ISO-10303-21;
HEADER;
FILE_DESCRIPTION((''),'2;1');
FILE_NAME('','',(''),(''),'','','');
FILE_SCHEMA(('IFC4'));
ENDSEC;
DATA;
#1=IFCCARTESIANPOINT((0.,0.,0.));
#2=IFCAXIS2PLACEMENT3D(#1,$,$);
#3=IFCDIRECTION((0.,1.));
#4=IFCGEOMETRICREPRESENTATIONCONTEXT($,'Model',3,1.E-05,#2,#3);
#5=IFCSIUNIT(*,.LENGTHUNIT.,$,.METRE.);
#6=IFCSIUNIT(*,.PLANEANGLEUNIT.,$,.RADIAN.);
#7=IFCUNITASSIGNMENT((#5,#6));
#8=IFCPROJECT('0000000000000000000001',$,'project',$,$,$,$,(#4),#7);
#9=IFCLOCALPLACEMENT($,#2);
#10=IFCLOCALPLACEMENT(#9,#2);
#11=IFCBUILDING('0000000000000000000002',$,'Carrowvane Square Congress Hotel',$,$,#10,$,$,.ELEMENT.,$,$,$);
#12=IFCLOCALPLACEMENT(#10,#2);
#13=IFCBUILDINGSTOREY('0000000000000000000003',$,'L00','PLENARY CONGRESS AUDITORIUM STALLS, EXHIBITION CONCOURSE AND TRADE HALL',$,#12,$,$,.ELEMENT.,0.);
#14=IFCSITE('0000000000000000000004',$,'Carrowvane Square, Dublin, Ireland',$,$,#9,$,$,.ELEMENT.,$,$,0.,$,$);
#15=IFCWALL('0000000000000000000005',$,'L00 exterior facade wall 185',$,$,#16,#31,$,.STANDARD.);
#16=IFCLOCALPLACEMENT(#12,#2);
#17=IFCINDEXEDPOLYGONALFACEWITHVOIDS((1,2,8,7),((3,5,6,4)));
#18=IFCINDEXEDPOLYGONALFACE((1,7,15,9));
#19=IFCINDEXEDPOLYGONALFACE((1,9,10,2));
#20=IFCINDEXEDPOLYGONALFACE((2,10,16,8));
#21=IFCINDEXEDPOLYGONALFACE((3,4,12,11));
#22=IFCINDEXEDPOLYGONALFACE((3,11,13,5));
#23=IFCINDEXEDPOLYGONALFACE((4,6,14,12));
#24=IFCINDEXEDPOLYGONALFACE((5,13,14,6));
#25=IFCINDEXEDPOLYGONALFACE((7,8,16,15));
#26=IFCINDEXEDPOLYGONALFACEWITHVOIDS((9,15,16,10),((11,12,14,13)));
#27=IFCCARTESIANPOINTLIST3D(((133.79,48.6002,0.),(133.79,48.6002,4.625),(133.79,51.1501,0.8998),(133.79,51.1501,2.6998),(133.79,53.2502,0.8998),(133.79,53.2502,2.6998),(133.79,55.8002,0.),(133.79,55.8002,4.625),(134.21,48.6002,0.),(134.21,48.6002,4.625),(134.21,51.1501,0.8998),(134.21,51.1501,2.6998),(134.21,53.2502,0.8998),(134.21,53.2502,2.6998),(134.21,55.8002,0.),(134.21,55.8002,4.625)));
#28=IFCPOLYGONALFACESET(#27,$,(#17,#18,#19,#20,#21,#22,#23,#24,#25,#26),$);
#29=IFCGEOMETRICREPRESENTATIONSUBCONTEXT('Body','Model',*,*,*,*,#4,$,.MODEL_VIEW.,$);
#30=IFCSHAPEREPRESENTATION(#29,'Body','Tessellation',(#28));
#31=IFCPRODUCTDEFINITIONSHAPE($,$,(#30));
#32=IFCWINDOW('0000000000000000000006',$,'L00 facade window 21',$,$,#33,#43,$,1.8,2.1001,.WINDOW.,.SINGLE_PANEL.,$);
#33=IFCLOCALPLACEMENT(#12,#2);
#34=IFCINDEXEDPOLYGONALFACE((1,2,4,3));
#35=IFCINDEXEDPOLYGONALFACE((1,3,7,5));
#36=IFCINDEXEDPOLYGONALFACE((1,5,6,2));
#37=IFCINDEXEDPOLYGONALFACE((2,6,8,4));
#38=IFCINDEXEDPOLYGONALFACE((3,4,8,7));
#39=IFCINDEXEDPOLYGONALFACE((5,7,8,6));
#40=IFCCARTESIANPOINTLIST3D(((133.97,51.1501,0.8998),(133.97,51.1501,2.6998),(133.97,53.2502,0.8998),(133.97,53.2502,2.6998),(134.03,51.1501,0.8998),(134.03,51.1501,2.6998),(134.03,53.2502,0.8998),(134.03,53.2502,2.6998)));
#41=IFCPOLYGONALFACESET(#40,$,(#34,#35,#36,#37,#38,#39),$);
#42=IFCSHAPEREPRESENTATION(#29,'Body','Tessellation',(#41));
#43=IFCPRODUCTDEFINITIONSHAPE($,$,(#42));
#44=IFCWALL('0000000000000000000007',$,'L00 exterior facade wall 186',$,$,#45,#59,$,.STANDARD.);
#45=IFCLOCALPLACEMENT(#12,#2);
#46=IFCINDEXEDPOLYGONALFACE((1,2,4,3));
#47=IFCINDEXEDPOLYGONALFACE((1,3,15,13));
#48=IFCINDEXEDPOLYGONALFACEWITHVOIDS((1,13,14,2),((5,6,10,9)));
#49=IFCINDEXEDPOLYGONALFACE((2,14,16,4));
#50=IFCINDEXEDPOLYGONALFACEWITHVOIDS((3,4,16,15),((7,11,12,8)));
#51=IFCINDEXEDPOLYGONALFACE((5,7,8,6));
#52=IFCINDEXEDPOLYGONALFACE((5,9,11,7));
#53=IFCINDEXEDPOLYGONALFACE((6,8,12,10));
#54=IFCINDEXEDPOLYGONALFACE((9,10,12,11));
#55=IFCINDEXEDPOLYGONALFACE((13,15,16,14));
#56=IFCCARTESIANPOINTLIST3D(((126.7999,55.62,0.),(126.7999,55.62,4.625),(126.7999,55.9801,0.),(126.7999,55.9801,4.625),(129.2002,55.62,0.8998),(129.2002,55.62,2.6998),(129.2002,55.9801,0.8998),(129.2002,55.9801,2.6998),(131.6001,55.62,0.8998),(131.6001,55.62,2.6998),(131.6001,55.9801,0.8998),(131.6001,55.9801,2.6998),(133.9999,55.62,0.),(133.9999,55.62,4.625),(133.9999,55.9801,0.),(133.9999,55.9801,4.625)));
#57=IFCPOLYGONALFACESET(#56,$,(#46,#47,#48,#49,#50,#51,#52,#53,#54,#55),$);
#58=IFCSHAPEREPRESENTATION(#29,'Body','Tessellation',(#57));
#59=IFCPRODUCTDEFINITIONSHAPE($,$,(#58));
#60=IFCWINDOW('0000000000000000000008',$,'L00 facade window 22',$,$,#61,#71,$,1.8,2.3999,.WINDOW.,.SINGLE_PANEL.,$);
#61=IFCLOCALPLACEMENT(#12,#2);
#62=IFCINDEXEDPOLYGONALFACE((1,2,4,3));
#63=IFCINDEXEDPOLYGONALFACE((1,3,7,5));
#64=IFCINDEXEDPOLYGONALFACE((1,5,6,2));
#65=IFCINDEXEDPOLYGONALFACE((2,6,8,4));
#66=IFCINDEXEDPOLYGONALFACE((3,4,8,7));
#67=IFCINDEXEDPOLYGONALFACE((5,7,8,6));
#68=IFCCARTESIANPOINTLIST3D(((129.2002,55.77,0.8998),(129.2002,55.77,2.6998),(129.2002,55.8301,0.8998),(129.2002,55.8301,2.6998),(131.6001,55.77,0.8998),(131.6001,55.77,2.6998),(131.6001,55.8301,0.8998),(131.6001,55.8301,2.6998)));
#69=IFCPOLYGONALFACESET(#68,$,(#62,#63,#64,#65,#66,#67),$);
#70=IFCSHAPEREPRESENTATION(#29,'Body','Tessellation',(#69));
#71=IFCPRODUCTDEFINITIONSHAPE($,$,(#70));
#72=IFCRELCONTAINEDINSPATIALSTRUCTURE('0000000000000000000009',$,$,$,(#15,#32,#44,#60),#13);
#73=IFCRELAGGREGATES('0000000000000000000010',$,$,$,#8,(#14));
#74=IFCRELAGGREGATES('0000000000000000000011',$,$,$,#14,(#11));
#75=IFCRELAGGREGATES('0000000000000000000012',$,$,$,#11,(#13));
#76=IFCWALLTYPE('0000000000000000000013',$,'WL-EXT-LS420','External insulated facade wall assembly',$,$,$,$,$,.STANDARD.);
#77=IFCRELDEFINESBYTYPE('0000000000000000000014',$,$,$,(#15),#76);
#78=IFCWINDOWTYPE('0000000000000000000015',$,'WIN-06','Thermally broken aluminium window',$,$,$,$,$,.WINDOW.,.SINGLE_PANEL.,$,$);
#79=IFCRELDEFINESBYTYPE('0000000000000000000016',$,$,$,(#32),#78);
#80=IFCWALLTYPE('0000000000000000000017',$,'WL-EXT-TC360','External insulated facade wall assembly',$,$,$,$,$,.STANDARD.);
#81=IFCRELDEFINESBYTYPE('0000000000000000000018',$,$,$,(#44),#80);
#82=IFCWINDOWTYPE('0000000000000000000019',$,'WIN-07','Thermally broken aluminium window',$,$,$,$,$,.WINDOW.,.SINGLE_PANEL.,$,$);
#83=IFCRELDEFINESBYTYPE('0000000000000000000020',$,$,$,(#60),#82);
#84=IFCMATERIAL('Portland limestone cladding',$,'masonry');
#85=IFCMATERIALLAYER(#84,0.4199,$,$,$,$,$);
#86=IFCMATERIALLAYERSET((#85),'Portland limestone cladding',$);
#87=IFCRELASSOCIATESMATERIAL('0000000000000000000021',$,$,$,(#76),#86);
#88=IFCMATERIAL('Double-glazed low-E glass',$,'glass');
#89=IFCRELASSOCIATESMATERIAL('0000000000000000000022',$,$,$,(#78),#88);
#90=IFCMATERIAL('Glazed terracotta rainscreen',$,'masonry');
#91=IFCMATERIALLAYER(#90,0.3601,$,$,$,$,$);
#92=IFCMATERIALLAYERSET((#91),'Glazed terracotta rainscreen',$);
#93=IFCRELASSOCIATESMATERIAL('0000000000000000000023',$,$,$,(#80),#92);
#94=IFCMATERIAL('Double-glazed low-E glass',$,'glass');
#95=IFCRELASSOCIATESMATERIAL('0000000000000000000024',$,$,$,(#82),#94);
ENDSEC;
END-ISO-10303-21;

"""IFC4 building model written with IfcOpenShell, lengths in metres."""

from ifc_helpers import new_model, si_unit, direction, frame, frame_2d, origin, place, context, subcontext, project, spatial, rectangle, extrude, material, layer, layer_set, type_object, element, fill, save


model = new_model("IFC4")

# Units and contexts
model_context = context("Model", 3, precision=1e-05, world=origin(), true_north=direction((0.0, 1.0)))
body_context = subcontext(model_context, "Body", "Model", "MODEL_VIEW")
ifc_project = project(units=[si_unit("LENGTHUNIT", "METRE"), si_unit("PLANEANGLEUNIT", "RADIAN")], contexts=[model_context])

# Site, building, storey
site_placement = place(None, origin())
site = spatial("IfcSite", under=ifc_project, at=site_placement, Name="Carrowvane Square, Dublin, Ireland", CompositionType="ELEMENT", RefElevation=0.0)
building_placement = place(site_placement, origin())
building = spatial("IfcBuilding", under=site, at=building_placement, Name="Carrowvane Square Congress Hotel", CompositionType="ELEMENT")
storey_placement = place(building_placement, origin())
storey = spatial("IfcBuildingStorey", under=building, at=storey_placement, Name="L00", Description="PLENARY CONGRESS AUDITORIUM STALLS, EXHIBITION CONCOURSE AND TRADE HALL", CompositionType="ELEMENT", Elevation=0.0)

# Shared definitions
ifc_material_1 = material(Name="Portland limestone cladding", Category="masonry")
ifc_layer_1 = layer(ifc_material_1, 0.4199)
ifc_layer_set_1 = layer_set([ifc_layer_1], Name="Portland limestone cladding")
wall_type_1 = type_object("IfcWallType", Name="WL-EXT-LS420", Description="External insulated facade wall assembly", PredefinedType="STANDARD", material=ifc_layer_set_1)

# Walls, openings, windows
wall_1_placement = place(storey_placement, frame((134.0, 48.6001, 0.0), z_axis=(0.0, 0.0, 1.0), x_axis=(0.0, 1.0, 0.0)))
wall_1 = element("IfcWall", 1, at=wall_1_placement, inside=storey, type_object=wall_type_1, Name="L00 exterior facade wall 185", PredefinedType="STANDARD", context=body_context, shape_type="SweptSolid", body=[
    extrude(rectangle(XDim=7.2, YDim=0.4199, at=frame_2d((3.6001, 0.0))), origin(), (0.0, 0.0, 1.0), 4.625),
])
opening_1_placement = place(wall_1_placement, frame((2.55, 0.0, 0.8999)))
opening_1 = element("IfcOpeningElement", 2, at=opening_1_placement, cuts=wall_1, PredefinedType="OPENING", context=body_context, shape_type="SweptSolid", body=[
    extrude(rectangle(XDim=2.1001, YDim=1.8, at=frame_2d((1.05, 0.8999))), frame((0.0, 0.22, 0.0), z_axis=(0.0, -1.0, 0.0), x_axis=(1.0, 0.0, 0.0)), (0.0, 0.0, 1.0), 0.4399),
])
ifc_material_2 = material(Name="Double-glazed low-E glass", Category="glass")
window_type_1 = type_object("IfcWindowType", Name="WIN-06", Description="Thermally broken aluminium window", PartitioningType="SINGLE_PANEL", PredefinedType="WINDOW", material=ifc_material_2)
window_1_placement = place(opening_1_placement, origin())
window_1 = element("IfcWindow", 3, at=window_1_placement, inside=storey, type_object=window_type_1, Name="L00 facade window 21", OverallHeight=1.8, OverallWidth=2.1001, PartitioningType="SINGLE_PANEL", PredefinedType="WINDOW", context=body_context, shape_type="SweptSolid", body=[
    extrude(rectangle(XDim=2.1001, YDim=1.8, at=frame_2d((1.05, 0.8999))), frame((0.0, 0.03, 0.0), z_axis=(0.0, -1.0, 0.0), x_axis=(1.0, 0.0, 0.0)), (0.0, 0.0, 1.0), 0.0601),
])
fill(opening_1, window_1)
ifc_material_3 = material(Name="Glazed terracotta rainscreen", Category="masonry")
ifc_layer_2 = layer(ifc_material_3, 0.3601)
ifc_layer_set_2 = layer_set([ifc_layer_2], Name="Glazed terracotta rainscreen")
wall_type_2 = type_object("IfcWallType", Name="WL-EXT-TC360", Description="External insulated facade wall assembly", PredefinedType="STANDARD", material=ifc_layer_set_2)
wall_2_placement = place(storey_placement, frame((134.0, 55.8, 0.0), z_axis=(0.0, 0.0, 1.0), x_axis=(-1.0, 0.0, 0.0)))
wall_2 = element("IfcWall", 4, at=wall_2_placement, inside=storey, type_object=wall_type_2, Name="L00 exterior facade wall 186", PredefinedType="STANDARD", context=body_context, shape_type="SweptSolid", body=[
    extrude(rectangle(XDim=7.2, YDim=0.3601, at=frame_2d((3.6001, 0.0))), origin(), (0.0, 0.0, 1.0), 4.625),
])
opening_2_placement = place(wall_2_placement, frame((2.3999, 0.0, 0.8999)))
opening_2 = element("IfcOpeningElement", 5, at=opening_2_placement, cuts=wall_2, PredefinedType="OPENING", context=body_context, shape_type="SweptSolid", body=[
    extrude(rectangle(XDim=2.3999, YDim=1.8, at=frame_2d((1.2, 0.8999))), frame((0.0, 0.1899, 0.0), z_axis=(0.0, -1.0, 0.0), x_axis=(1.0, 0.0, 0.0)), (0.0, 0.0, 1.0), 0.3801),
])
ifc_material_4 = material(Name="Double-glazed low-E glass", Category="glass")
window_type_2 = type_object("IfcWindowType", Name="WIN-07", Description="Thermally broken aluminium window", PartitioningType="SINGLE_PANEL", PredefinedType="WINDOW", material=ifc_material_4)
window_2_placement = place(opening_2_placement, origin())
window_2 = element("IfcWindow", 6, at=window_2_placement, inside=storey, type_object=window_type_2, Name="L00 facade window 22", OverallHeight=1.8, OverallWidth=2.3999, PartitioningType="SINGLE_PANEL", PredefinedType="WINDOW", context=body_context, shape_type="SweptSolid", body=[
    extrude(rectangle(XDim=2.3999, YDim=1.8, at=frame_2d((1.2, 0.8999))), frame((0.0, 0.03, 0.0), z_axis=(0.0, -1.0, 0.0), x_axis=(1.0, 0.0, 0.0)), (0.0, 0.0, 1.0), 0.0601),
])
fill(opening_2, window_2)

save(model, "model.ifc")
